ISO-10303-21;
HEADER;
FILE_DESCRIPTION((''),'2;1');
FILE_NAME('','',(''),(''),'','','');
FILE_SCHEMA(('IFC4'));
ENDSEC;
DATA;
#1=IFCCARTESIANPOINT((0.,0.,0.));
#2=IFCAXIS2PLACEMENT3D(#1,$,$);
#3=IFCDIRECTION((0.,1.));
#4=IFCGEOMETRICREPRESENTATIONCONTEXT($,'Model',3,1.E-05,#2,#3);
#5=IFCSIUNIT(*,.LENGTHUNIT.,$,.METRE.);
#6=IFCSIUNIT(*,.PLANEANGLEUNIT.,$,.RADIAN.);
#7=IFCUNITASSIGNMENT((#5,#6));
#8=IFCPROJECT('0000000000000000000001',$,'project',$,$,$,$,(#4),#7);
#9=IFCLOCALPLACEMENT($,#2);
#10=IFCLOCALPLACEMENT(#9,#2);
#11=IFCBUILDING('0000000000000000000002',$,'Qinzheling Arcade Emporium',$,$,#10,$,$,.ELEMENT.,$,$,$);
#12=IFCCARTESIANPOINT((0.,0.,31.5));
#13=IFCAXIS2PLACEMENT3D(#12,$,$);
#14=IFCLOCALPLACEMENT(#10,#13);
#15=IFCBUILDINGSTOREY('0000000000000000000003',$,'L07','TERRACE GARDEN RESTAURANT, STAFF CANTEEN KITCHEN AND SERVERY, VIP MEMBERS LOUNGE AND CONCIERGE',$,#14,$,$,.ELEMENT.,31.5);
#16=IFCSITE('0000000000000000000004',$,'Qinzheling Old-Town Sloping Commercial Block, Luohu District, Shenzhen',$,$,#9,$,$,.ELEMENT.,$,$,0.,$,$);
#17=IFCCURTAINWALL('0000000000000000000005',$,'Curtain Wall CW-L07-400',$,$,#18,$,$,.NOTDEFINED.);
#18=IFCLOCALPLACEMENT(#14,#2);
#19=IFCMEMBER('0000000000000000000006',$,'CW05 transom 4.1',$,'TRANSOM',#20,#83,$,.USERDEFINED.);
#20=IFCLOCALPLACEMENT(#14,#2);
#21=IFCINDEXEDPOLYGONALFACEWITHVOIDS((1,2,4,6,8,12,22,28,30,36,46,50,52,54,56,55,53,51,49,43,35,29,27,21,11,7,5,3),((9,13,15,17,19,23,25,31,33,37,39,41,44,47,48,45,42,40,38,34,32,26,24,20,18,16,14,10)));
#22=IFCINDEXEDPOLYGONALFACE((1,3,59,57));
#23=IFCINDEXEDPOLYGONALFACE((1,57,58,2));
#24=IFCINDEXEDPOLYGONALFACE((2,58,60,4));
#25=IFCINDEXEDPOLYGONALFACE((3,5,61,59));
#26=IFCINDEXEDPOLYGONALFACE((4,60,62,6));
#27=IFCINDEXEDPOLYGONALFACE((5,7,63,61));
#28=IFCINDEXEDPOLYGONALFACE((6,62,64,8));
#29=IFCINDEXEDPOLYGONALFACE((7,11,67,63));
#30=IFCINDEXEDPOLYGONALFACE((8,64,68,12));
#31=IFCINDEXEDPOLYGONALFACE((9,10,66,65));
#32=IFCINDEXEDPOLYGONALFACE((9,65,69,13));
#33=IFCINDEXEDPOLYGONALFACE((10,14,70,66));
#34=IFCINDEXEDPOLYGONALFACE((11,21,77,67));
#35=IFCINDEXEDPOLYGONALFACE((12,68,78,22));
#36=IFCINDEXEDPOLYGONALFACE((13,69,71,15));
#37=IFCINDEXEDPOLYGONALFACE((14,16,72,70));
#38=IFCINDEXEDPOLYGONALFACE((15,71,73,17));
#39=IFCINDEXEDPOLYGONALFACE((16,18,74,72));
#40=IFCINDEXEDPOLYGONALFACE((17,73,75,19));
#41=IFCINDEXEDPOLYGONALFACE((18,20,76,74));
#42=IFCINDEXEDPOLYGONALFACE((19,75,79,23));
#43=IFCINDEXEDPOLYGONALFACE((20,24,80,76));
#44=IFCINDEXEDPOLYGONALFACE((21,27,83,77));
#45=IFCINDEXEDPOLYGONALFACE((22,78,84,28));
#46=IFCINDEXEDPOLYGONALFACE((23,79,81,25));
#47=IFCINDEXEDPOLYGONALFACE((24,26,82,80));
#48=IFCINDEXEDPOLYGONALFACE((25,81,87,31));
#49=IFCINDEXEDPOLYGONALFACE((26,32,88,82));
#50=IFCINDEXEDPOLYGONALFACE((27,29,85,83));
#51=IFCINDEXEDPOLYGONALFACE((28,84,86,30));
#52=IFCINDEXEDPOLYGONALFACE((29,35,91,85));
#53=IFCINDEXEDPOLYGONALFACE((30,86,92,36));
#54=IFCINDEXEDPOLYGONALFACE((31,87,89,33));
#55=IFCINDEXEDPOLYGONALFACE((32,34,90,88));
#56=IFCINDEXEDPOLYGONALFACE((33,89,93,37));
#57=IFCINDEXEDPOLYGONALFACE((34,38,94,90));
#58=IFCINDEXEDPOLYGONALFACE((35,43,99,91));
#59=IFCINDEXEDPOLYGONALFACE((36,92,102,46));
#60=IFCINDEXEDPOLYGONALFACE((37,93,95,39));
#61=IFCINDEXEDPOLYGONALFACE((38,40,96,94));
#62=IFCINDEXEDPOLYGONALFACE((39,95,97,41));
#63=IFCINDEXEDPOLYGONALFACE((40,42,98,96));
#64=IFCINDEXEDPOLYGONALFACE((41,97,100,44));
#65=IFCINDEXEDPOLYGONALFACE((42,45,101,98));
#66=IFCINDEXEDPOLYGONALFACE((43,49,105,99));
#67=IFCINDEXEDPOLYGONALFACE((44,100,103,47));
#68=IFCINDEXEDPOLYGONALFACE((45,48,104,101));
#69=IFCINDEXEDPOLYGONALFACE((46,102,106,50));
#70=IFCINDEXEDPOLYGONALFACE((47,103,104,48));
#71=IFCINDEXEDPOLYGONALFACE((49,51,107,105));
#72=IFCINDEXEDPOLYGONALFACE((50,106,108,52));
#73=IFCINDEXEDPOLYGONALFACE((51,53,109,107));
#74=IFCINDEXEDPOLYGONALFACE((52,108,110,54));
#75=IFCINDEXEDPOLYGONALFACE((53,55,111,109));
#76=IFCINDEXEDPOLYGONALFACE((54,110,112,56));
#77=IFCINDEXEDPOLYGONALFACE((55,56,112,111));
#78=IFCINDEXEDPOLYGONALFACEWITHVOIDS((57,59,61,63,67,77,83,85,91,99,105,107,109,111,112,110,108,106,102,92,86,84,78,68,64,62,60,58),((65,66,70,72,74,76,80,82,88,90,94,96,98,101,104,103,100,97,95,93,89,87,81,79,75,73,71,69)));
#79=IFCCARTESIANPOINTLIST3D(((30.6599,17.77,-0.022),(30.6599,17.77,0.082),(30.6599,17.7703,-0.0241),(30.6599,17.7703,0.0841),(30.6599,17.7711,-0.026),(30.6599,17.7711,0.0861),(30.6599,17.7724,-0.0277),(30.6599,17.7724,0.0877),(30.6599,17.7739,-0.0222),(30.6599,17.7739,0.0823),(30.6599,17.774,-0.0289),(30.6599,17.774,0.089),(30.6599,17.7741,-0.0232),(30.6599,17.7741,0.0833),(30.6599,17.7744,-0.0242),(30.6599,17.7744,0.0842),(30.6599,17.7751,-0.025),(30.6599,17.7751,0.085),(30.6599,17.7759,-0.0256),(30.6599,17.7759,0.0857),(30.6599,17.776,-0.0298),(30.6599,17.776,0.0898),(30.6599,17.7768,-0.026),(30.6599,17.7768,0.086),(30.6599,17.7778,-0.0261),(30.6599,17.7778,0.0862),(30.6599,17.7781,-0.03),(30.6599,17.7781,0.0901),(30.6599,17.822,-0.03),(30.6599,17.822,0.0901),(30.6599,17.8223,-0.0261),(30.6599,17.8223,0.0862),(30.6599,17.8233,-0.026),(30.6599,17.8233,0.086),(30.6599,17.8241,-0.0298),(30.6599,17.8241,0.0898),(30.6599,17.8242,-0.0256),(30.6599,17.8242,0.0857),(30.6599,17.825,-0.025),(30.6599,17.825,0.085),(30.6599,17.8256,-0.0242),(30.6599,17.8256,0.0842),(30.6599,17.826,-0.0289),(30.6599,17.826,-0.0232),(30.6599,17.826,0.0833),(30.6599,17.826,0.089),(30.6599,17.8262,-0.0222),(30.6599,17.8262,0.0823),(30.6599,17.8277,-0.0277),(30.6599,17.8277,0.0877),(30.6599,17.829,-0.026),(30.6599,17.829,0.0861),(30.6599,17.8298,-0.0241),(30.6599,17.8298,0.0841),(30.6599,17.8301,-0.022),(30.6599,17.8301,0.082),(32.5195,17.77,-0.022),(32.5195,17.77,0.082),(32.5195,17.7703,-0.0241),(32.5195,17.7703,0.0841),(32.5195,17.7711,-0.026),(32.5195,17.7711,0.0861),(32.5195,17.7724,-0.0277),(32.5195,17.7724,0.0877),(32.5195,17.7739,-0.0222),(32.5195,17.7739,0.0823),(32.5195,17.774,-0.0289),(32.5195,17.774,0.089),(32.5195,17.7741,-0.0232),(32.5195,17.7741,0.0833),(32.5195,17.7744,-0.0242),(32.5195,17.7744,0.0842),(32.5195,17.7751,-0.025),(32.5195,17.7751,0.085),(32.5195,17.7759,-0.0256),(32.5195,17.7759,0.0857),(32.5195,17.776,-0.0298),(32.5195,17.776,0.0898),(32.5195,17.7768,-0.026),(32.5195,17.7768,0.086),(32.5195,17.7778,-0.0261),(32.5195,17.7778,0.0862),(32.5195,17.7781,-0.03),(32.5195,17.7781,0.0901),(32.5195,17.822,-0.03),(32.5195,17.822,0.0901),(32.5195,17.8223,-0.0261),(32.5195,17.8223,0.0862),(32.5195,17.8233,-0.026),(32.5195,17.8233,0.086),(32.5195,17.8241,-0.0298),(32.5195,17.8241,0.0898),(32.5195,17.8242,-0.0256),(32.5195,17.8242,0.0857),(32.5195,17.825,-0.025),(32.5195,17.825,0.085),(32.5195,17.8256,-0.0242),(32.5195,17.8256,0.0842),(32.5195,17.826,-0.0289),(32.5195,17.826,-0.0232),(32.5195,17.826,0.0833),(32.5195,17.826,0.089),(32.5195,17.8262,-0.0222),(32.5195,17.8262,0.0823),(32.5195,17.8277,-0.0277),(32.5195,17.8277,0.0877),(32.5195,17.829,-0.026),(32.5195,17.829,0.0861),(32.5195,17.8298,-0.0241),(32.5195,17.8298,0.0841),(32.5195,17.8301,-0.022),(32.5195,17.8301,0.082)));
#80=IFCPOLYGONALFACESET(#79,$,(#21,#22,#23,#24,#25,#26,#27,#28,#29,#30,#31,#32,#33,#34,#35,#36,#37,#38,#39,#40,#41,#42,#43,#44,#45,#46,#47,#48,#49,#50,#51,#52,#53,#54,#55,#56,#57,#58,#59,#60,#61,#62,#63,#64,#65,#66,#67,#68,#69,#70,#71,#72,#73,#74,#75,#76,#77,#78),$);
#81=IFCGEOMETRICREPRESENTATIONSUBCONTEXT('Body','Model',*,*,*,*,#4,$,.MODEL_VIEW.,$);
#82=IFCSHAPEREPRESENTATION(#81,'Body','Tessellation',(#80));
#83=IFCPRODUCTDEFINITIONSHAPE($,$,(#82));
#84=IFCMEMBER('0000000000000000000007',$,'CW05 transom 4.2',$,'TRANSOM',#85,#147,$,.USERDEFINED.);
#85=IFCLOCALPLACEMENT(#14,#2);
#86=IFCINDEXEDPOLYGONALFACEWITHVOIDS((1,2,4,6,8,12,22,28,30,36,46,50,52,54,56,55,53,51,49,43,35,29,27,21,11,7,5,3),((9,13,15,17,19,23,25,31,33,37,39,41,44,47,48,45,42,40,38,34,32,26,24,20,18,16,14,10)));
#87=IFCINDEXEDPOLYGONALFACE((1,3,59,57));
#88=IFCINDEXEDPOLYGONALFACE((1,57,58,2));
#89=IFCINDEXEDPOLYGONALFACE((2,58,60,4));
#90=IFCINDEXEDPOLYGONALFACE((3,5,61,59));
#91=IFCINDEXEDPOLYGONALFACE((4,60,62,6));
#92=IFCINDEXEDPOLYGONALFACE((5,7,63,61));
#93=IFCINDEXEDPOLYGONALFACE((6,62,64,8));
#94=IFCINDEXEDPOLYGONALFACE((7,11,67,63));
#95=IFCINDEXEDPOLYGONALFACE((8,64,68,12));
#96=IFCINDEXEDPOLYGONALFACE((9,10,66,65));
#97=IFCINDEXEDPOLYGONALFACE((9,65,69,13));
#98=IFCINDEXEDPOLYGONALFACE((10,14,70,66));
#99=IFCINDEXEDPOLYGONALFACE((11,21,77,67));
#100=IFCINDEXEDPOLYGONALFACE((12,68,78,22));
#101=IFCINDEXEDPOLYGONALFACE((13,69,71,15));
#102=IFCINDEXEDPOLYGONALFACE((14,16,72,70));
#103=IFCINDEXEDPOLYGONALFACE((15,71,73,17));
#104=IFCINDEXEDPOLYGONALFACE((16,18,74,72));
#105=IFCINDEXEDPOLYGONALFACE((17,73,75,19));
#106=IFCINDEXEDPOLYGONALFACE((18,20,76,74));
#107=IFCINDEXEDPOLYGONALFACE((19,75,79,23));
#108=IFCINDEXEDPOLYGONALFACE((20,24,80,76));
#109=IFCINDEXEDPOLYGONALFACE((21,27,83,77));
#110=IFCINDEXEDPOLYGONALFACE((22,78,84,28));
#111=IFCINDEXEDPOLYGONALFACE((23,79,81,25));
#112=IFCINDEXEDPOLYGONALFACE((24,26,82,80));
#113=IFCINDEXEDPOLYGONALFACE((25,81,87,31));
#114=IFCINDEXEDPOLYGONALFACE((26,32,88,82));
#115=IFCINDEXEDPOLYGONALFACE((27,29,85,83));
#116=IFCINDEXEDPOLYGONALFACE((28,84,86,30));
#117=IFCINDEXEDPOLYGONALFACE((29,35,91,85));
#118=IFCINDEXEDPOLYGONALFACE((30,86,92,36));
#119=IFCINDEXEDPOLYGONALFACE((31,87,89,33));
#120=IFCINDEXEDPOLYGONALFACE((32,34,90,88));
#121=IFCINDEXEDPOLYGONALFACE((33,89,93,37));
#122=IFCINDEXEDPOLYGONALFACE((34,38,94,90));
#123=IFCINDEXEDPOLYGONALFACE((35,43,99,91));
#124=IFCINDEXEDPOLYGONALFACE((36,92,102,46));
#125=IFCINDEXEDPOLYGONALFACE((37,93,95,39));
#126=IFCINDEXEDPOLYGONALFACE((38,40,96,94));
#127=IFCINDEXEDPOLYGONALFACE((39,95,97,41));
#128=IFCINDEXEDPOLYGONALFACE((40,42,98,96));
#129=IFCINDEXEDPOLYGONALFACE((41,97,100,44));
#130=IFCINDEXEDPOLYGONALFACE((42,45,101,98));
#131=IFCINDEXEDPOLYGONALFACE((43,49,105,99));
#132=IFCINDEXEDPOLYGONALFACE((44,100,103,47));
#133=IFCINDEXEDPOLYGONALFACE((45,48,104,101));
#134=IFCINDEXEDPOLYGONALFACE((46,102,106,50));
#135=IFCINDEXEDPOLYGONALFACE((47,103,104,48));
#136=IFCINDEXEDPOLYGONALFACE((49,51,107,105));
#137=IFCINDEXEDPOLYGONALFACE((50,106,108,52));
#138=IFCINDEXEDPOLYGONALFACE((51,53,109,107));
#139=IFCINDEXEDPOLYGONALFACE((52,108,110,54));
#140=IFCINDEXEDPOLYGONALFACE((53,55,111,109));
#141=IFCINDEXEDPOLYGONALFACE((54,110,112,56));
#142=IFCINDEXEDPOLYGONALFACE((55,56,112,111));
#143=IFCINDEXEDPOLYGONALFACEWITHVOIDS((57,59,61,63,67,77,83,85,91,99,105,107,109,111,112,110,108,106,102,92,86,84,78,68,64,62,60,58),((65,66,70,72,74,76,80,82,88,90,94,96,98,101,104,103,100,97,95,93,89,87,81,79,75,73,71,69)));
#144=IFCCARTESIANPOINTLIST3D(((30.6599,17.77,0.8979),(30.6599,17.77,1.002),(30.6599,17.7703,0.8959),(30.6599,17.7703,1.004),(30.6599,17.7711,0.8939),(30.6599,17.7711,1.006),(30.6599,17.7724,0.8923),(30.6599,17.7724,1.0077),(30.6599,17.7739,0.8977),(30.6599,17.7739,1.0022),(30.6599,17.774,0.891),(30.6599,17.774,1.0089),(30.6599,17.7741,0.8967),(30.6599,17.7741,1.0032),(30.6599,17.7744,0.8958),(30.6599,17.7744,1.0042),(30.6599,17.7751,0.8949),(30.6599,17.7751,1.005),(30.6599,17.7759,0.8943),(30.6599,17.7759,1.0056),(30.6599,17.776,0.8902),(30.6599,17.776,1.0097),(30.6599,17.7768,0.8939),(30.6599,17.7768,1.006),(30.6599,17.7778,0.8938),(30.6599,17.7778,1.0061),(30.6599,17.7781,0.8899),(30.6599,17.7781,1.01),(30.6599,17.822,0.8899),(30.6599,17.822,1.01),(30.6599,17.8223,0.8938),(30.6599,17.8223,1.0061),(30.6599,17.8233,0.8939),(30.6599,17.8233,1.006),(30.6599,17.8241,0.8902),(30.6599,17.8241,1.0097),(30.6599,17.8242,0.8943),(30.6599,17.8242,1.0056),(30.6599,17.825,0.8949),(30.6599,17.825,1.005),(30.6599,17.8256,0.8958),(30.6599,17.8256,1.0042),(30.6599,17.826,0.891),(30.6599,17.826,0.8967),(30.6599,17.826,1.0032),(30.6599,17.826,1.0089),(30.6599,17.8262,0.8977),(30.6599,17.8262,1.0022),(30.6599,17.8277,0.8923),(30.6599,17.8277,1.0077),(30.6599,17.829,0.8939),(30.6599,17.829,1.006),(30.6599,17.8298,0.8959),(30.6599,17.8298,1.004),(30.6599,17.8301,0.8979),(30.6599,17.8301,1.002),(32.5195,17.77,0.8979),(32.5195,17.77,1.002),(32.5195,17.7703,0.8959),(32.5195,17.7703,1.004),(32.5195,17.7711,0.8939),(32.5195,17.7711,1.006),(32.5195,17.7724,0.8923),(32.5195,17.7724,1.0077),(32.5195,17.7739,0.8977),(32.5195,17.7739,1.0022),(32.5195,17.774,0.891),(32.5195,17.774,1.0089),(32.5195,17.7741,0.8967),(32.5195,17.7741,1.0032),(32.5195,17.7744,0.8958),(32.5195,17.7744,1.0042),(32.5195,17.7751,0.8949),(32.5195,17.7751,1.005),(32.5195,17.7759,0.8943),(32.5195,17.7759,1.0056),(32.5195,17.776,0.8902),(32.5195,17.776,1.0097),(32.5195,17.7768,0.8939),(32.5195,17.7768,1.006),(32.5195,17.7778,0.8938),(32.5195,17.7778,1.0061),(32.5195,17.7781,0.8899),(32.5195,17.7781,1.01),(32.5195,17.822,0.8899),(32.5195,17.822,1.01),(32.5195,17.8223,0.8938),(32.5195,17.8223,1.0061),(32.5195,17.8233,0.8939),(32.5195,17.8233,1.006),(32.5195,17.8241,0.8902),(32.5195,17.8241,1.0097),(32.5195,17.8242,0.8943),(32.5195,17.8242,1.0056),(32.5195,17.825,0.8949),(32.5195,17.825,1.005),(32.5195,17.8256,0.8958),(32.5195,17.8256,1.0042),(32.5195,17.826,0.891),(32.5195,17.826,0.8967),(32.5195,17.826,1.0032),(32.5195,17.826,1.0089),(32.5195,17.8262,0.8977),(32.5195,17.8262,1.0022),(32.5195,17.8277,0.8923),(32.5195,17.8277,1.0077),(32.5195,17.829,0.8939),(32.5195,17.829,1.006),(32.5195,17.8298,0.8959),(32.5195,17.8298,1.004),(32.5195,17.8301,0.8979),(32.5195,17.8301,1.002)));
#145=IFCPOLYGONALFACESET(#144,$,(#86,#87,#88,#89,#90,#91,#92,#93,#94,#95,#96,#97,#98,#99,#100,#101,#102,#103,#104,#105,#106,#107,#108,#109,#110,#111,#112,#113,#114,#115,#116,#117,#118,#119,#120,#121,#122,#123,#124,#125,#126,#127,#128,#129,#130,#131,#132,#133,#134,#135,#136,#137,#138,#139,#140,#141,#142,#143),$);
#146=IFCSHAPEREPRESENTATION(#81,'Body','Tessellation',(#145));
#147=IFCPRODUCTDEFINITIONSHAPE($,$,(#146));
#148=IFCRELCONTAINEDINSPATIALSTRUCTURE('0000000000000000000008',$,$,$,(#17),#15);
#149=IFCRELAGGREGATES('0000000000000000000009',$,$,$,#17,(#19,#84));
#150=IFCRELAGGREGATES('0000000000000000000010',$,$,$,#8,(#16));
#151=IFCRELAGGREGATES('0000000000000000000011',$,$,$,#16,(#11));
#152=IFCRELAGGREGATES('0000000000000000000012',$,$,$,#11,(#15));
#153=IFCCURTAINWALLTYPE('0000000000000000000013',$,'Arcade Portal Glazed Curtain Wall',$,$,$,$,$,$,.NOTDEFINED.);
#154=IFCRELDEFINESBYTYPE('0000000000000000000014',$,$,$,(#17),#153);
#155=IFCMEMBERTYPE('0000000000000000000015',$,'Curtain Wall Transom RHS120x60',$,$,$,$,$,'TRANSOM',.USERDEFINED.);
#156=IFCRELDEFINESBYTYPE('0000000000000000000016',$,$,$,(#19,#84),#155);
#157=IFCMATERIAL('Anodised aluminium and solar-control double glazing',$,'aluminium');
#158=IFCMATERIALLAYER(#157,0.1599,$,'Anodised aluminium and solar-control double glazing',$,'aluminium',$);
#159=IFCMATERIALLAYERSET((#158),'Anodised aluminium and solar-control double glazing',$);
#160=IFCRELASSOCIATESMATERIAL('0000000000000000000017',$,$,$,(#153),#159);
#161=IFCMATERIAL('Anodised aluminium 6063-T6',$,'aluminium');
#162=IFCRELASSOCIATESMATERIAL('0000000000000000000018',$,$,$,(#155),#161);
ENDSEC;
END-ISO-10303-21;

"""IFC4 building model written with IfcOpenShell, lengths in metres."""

from ifc_helpers import new_model, si_unit, direction, frame, origin, origin_2d, place, context, subcontext, project, spatial, hollow_rectangle, extrude, material, layer, layer_set, material_profile, profile_set, type_object, element, aggregate, save


model = new_model("IFC4")

# Units and contexts
model_context = context("Model", 3, precision=1e-05, world=origin(), true_north=direction((0.0, 1.0)))
body_context = subcontext(model_context, "Body", "Model", "MODEL_VIEW")
ifc_project = project(units=[si_unit("LENGTHUNIT", "METRE"), si_unit("PLANEANGLEUNIT", "RADIAN")], contexts=[model_context])

# Site, building, storey
site_placement = place(None, origin())
site = spatial("IfcSite", under=ifc_project, at=site_placement, Name="Qinzheling Old-Town Sloping Commercial Block, Luohu District, Shenzhen", CompositionType="ELEMENT", RefElevation=0.0)
building_placement = place(site_placement, origin())
building = spatial("IfcBuilding", under=site, at=building_placement, Name="Qinzheling Arcade Emporium", CompositionType="ELEMENT")
storey_placement = place(building_placement, frame((0.0, 0.0, 31.5)))
storey = spatial("IfcBuildingStorey", under=building, at=storey_placement, Name="L07", Description="TERRACE GARDEN RESTAURANT, STAFF CANTEEN KITCHEN AND SERVERY, VIP MEMBERS LOUNGE AND CONCIERGE", CompositionType="ELEMENT", Elevation=31.5)

# Curtain wall
ifc_material_1 = material(Name="Anodised aluminium and solar-control double glazing", Category="aluminium")
ifc_layer_1 = layer(ifc_material_1, 0.1599, Name="Anodised aluminium and solar-control double glazing", Category="aluminium")
ifc_layer_set_1 = layer_set([ifc_layer_1], Name="Anodised aluminium and solar-control double glazing")
curtain_wall_type_1 = type_object("IfcCurtainWallType", Name="Arcade Portal Glazed Curtain Wall", PredefinedType="NOTDEFINED", material=ifc_layer_set_1)
curtain_wall_1_placement = place(storey_placement, origin())
curtain_wall_1 = element("IfcCurtainWall", 1, at=curtain_wall_1_placement, inside=storey, type_object=curtain_wall_type_1, Name="Curtain Wall CW-L07-400", PredefinedType="NOTDEFINED")
ifc_material_2 = material(Name="Anodised aluminium 6063-T6", Category="aluminium")

# Members
ifc_material_profile_1 = material_profile(ifc_material_2, hollow_rectangle(XDim=0.0601, YDim=0.1201, WallThickness=0.0039, InnerFilletRadius=0.0039, OuterFilletRadius=0.0081, at=origin_2d()), Name="RHS 120x60x4", Category="aluminium")
ifc_profile_set_1 = profile_set([ifc_material_profile_1], Name="Anodised aluminium 6063-T6")
member_type_1 = type_object("IfcMemberType", Name="Curtain Wall Transom RHS120x60", ElementType="TRANSOM", PredefinedType="USERDEFINED", material=ifc_profile_set_1)
member_1_placement = place(storey_placement, frame((32.5195, 17.8, 0.03), z_axis=(-1.0, 0.0, 0.0), x_axis=(0.0, -1.0, 0.0)))
member_1 = element("IfcMember", 2, at=member_1_placement, type_object=member_type_1, Name="CW05 transom 4.1", ObjectType="TRANSOM", PredefinedType="USERDEFINED", context=body_context, shape_type="SweptSolid", body=[
    extrude(hollow_rectangle(XDim=0.0601, YDim=0.1201, WallThickness=0.0039, InnerFilletRadius=0.0039, OuterFilletRadius=0.0081, at=origin_2d()), origin(), (0.0, 0.0, 1.0), 1.8596),
])
member_2_placement = place(storey_placement, frame((32.5195, 17.8, 0.95), z_axis=(-1.0, 0.0, 0.0), x_axis=(0.0, -1.0, 0.0)))
member_2 = element("IfcMember", 3, at=member_2_placement, type_object=member_type_1, Name="CW05 transom 4.2", ObjectType="TRANSOM", PredefinedType="USERDEFINED", context=body_context, shape_type="SweptSolid", body=[
    extrude(hollow_rectangle(XDim=0.0601, YDim=0.1201, WallThickness=0.0039, InnerFilletRadius=0.0039, OuterFilletRadius=0.0081, at=origin_2d()), origin(), (0.0, 0.0, 1.0), 1.8596),
])

aggregate(curtain_wall_1, [member_1, member_2])

save(model, "model.ifc")
